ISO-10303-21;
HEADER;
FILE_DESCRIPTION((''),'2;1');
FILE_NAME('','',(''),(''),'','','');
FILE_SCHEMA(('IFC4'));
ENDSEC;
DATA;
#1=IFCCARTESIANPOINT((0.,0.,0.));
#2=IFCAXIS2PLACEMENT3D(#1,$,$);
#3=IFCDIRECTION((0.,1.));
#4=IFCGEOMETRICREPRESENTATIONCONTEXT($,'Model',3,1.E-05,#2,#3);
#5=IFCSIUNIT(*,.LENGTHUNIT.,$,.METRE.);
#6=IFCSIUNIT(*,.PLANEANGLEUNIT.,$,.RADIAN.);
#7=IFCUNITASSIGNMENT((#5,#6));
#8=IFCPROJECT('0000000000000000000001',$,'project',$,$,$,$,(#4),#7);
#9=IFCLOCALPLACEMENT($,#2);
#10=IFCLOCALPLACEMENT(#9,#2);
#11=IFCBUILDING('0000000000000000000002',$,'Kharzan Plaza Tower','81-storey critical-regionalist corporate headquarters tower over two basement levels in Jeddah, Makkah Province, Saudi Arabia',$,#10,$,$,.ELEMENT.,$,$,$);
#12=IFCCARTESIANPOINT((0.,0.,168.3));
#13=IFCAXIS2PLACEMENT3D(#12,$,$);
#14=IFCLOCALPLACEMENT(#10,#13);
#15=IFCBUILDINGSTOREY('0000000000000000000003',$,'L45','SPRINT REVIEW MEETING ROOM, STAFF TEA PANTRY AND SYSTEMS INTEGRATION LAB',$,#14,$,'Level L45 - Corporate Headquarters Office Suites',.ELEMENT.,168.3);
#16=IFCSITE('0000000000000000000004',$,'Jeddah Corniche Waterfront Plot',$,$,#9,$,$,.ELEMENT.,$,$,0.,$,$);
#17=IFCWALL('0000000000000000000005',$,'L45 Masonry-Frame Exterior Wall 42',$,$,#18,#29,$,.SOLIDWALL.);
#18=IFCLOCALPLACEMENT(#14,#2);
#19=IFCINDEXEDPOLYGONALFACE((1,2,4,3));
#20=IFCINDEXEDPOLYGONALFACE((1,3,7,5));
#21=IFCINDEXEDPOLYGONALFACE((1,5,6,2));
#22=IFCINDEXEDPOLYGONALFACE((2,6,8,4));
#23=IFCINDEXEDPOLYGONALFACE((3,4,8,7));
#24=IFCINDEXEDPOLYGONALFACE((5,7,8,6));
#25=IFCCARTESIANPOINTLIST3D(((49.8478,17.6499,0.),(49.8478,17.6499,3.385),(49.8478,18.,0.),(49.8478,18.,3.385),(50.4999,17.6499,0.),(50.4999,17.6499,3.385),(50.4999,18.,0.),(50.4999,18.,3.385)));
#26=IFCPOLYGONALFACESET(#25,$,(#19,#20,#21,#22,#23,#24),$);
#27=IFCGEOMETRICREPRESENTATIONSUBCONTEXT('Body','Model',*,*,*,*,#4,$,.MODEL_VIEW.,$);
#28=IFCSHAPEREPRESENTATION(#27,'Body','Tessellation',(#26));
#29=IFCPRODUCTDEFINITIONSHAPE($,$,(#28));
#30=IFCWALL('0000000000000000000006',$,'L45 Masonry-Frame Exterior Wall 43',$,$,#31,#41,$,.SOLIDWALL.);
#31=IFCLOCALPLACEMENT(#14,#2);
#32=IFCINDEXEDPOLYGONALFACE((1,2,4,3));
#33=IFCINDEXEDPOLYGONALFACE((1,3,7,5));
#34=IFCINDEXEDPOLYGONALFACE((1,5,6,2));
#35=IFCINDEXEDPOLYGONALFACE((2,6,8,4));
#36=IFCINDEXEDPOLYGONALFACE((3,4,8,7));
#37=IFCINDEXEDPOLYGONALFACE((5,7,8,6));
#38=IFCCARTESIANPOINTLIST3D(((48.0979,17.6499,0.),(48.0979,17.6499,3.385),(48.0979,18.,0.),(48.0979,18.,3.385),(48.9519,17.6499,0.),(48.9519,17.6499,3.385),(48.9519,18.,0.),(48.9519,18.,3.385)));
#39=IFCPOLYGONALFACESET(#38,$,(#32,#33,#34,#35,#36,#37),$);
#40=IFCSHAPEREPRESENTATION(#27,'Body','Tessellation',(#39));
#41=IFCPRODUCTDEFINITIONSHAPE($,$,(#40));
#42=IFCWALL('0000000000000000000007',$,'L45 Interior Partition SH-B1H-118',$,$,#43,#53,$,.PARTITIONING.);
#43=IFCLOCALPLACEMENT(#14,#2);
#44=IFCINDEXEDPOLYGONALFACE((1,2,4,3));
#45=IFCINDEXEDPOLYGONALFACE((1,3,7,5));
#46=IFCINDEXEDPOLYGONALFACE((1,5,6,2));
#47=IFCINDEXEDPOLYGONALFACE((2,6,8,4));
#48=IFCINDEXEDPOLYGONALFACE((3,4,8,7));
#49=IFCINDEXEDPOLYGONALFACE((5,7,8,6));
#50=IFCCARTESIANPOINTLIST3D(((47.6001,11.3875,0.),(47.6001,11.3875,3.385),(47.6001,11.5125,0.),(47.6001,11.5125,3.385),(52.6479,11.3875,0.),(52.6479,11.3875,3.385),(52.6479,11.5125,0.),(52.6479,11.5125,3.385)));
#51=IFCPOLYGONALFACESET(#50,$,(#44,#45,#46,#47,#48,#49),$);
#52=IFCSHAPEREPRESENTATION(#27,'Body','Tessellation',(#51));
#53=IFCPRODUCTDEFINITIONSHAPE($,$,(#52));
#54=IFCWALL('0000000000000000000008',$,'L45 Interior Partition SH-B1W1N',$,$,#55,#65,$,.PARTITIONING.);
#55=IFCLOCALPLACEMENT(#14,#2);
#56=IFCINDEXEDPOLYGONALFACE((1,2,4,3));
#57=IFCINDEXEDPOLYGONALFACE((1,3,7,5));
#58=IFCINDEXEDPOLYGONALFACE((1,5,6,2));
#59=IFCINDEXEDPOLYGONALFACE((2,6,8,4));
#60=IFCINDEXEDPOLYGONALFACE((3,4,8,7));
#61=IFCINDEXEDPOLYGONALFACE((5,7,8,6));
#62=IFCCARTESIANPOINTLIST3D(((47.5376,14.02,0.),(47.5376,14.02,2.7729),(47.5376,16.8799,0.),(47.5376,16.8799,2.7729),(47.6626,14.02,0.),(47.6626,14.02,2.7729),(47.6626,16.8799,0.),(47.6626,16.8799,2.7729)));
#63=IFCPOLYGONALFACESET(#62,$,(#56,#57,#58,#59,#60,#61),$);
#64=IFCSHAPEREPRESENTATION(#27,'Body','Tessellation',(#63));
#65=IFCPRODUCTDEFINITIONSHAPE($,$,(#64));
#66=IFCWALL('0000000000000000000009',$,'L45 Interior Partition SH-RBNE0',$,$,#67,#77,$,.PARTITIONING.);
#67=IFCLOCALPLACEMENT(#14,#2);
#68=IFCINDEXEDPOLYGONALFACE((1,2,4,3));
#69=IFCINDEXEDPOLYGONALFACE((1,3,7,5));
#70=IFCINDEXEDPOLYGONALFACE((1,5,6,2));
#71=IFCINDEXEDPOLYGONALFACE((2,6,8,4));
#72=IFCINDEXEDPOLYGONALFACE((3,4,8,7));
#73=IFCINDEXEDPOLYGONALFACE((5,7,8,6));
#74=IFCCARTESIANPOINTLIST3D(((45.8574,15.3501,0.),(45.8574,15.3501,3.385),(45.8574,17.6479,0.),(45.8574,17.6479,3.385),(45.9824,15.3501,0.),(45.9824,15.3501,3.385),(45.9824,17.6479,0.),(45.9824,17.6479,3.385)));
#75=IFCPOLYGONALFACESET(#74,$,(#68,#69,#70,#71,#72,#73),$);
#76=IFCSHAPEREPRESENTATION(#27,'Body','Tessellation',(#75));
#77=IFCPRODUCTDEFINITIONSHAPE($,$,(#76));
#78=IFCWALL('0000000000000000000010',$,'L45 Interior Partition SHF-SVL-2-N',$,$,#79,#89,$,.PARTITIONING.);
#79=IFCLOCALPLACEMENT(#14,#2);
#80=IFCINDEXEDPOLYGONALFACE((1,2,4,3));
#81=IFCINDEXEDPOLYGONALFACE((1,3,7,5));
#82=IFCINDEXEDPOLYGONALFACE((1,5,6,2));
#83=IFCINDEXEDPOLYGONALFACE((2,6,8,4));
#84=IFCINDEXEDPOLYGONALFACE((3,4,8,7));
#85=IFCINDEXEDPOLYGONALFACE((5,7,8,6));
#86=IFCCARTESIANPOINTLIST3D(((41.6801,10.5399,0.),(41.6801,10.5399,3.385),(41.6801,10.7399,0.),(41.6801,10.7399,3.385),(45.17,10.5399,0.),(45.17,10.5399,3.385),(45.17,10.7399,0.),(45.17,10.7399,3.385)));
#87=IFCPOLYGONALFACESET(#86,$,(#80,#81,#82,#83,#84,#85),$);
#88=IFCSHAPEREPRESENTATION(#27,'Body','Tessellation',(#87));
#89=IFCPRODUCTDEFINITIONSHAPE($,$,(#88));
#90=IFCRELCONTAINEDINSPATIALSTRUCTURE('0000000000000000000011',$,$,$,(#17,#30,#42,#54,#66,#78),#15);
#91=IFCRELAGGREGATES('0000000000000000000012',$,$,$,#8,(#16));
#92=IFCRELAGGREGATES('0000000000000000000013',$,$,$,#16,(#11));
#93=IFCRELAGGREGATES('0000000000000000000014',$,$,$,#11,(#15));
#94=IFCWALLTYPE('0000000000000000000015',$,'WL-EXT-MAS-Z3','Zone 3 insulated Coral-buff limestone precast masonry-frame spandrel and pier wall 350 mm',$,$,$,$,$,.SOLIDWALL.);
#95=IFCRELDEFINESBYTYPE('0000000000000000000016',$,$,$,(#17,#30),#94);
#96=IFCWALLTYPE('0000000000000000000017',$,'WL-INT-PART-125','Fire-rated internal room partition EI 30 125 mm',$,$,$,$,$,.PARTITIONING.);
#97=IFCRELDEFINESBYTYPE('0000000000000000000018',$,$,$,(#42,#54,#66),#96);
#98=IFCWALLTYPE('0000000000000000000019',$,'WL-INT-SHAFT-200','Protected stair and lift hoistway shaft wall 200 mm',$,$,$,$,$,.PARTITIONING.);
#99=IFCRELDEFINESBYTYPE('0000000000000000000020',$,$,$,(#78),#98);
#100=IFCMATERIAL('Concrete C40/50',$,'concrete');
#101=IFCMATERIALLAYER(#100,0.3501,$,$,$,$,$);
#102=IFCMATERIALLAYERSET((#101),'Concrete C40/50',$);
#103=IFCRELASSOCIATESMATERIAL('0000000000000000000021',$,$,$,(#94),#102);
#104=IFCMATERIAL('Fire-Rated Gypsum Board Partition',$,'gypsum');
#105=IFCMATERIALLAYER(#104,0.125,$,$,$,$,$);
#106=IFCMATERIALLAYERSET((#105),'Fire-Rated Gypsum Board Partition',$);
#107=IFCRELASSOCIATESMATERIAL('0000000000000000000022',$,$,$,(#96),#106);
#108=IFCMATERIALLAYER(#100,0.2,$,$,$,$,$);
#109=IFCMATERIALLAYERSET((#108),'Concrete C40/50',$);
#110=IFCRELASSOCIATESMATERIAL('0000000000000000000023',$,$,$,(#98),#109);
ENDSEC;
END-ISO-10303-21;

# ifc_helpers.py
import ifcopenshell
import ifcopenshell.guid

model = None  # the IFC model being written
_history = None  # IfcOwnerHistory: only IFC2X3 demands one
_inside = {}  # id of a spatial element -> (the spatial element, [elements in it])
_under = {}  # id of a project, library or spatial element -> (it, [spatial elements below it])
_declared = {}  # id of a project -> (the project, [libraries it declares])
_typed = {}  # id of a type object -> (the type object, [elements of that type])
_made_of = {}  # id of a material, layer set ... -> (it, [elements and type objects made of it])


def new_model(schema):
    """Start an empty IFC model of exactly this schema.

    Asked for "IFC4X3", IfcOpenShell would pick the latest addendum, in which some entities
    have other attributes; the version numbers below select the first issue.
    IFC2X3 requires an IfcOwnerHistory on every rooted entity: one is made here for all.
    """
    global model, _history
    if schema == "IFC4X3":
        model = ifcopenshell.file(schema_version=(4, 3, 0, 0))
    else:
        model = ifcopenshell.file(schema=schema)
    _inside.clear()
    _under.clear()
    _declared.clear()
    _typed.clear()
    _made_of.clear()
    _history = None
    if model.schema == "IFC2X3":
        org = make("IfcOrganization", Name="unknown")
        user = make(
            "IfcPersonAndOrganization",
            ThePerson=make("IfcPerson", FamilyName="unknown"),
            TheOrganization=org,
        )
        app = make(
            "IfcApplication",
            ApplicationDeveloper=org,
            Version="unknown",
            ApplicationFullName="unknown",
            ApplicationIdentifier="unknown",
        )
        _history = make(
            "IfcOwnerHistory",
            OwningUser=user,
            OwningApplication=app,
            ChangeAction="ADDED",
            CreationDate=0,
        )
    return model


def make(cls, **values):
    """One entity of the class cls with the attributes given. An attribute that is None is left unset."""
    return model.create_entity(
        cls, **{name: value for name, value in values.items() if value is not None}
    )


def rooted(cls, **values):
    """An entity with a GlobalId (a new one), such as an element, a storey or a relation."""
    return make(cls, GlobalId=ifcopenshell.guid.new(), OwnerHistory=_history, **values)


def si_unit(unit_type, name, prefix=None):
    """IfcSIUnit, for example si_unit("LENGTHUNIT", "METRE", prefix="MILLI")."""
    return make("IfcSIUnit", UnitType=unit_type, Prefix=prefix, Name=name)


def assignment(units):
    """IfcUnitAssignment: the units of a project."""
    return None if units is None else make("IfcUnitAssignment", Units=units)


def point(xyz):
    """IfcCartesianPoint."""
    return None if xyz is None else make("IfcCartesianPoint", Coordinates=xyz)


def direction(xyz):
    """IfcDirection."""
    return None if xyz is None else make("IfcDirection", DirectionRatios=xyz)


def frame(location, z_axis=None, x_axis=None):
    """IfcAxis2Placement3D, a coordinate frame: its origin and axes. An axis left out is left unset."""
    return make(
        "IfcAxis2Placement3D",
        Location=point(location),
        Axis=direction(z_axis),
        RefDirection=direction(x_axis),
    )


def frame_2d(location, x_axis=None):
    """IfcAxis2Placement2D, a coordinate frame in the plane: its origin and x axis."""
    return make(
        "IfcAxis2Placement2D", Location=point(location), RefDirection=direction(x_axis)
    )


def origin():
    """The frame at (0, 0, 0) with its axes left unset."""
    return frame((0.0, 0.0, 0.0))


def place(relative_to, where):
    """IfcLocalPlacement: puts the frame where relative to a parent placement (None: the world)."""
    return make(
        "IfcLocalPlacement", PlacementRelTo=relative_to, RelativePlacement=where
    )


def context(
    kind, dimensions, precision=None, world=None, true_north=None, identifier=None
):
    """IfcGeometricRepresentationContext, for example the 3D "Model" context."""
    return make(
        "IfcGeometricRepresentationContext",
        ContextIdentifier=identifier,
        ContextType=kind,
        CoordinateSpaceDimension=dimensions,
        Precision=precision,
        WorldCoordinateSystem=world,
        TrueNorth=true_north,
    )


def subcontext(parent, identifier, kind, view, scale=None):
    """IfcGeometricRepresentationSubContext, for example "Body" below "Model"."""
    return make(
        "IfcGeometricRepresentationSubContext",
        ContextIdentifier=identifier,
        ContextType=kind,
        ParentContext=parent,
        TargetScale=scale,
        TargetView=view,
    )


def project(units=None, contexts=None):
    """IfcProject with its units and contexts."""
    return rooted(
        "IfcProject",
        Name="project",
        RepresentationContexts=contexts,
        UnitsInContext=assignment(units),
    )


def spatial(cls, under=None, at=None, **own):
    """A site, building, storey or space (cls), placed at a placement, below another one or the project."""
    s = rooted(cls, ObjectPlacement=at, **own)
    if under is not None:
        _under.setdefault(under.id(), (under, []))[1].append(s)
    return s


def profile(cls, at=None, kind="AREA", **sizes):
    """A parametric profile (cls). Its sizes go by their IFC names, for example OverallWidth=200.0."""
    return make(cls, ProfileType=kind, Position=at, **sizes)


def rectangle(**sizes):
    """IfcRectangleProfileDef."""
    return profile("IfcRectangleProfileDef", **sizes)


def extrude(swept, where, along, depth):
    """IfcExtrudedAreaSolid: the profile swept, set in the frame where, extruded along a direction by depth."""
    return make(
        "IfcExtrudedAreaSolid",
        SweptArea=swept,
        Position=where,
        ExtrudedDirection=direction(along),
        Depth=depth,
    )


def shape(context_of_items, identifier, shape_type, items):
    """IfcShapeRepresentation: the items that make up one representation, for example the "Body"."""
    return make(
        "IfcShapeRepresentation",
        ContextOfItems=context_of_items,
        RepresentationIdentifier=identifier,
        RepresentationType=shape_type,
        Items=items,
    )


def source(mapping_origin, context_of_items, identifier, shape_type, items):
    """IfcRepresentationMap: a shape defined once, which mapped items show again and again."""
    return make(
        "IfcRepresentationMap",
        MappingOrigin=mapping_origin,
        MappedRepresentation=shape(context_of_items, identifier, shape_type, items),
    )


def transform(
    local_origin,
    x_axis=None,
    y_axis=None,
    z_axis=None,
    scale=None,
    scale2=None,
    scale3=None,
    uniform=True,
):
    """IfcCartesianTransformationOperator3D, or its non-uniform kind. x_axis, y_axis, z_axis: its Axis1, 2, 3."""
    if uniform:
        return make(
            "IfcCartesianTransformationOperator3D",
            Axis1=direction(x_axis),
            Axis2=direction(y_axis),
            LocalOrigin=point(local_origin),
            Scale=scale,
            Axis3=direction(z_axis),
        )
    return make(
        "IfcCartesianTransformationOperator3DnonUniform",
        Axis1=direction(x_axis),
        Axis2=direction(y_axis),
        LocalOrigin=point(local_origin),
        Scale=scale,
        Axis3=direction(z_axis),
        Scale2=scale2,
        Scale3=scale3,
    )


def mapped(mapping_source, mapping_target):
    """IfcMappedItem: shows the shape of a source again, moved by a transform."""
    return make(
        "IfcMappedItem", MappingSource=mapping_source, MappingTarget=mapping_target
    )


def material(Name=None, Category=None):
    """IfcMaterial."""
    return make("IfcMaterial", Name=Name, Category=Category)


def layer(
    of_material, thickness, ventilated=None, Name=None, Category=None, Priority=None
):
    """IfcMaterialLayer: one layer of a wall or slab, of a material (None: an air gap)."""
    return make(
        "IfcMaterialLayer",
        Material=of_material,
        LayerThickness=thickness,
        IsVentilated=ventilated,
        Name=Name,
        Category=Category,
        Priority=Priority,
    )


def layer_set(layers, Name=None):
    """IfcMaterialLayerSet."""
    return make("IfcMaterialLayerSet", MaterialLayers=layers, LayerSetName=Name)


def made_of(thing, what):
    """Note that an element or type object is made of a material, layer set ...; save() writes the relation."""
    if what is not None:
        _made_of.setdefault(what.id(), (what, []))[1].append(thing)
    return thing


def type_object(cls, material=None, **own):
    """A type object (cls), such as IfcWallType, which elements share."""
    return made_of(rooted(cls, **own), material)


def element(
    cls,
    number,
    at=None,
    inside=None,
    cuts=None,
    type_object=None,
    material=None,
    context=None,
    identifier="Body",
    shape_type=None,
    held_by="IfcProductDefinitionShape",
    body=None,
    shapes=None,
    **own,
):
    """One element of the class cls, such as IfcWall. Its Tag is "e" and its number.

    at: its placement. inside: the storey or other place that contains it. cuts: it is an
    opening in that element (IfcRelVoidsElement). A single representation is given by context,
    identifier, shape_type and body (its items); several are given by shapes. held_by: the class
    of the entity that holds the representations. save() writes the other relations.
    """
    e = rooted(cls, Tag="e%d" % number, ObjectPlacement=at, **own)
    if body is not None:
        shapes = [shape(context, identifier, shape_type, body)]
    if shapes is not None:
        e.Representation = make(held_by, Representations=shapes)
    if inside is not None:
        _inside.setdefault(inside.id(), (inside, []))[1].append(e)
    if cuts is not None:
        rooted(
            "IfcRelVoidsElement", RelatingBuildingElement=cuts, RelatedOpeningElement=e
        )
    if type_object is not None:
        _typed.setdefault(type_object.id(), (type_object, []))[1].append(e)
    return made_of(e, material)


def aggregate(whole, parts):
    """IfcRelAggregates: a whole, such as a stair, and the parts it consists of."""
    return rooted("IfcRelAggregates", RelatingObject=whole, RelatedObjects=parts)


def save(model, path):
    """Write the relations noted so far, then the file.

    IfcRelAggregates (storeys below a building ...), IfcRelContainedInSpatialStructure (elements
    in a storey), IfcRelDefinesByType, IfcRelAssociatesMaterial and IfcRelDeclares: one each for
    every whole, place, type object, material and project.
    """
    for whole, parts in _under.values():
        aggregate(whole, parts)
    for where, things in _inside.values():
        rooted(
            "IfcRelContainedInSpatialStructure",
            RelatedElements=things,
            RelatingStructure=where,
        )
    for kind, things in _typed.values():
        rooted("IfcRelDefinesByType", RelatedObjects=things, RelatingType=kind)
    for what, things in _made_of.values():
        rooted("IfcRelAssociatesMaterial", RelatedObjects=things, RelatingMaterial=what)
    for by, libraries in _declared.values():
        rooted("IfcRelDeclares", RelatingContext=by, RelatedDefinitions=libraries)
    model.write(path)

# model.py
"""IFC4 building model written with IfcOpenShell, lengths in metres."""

from ifc_helpers import new_model, si_unit, direction, frame, frame_2d, origin, place, context, subcontext, project, spatial, rectangle, extrude, source, transform, mapped, material, layer, layer_set, type_object, element, save


model = new_model("IFC4")

# Units and contexts
model_context = context("Model", 3, precision=1e-05, world=origin(), true_north=direction((0.0, 1.0)))
body_context = subcontext(model_context, "Body", "Model", "MODEL_VIEW")
ifc_project = project(units=[si_unit("LENGTHUNIT", "METRE"), si_unit("PLANEANGLEUNIT", "RADIAN")], contexts=[model_context])

# Site, building, storey
site_placement = place(None, origin())
site = spatial("IfcSite", under=ifc_project, at=site_placement, Name="Jeddah Corniche Waterfront Plot", CompositionType="ELEMENT", RefElevation=0.0)
building_placement = place(site_placement, origin())
building = spatial("IfcBuilding", under=site, at=building_placement, Name="Kharzan Plaza Tower", Description="81-storey critical-regionalist corporate headquarters tower over two basement levels in Jeddah, Makkah Province, Saudi Arabia", CompositionType="ELEMENT")
storey_placement = place(building_placement, frame((0.0, 0.0, 168.3)))
storey = spatial("IfcBuildingStorey", under=building, at=storey_placement, Name="L45", Description="SPRINT REVIEW MEETING ROOM, STAFF TEA PANTRY AND SYSTEMS INTEGRATION LAB", LongName="Level L45 - Corporate Headquarters Office Suites", CompositionType="ELEMENT", Elevation=168.3)

# Shared definitions
ifc_material_1 = material(Name="Concrete C40/50", Category="concrete")
ifc_layer_1 = layer(ifc_material_1, 0.3501)
ifc_layer_set_1 = layer_set([ifc_layer_1], Name="Concrete C40/50")
wall_type_1 = type_object("IfcWallType", Name="WL-EXT-MAS-Z3", Description="Zone 3 insulated Coral-buff limestone precast masonry-frame spandrel and pier wall 350 mm", PredefinedType="SOLIDWALL", material=ifc_layer_set_1)

# Shared definitions
ifc_material_2 = material(Name="Fire-Rated Gypsum Board Partition", Category="gypsum")
ifc_layer_2 = layer(ifc_material_2, 0.125)
ifc_layer_set_2 = layer_set([ifc_layer_2], Name="Fire-Rated Gypsum Board Partition")
wall_type_2 = type_object("IfcWallType", Name="WL-INT-PART-125", Description="Fire-rated internal room partition EI 30 125 mm", PredefinedType="PARTITIONING", material=ifc_layer_set_2)

# Walls
shared_shape_1 = source(origin(), body_context, "Body", "SweptSolid", [
    extrude(rectangle(XDim=0.6521, YDim=0.3501, at=frame_2d((0.3262, 0.0))), origin(), (0.0, 0.0, 1.0), 3.385),
])
wall_1_placement = place(storey_placement, frame((50.5, 17.825, 0.0), z_axis=(0.0, 0.0, 1.0), x_axis=(-1.0, 0.0, 0.0)))
element("IfcWall", 1, at=wall_1_placement, inside=storey, type_object=wall_type_1, Name="L45 Masonry-Frame Exterior Wall 42", PredefinedType="SOLIDWALL", context=body_context, shape_type="MappedRepresentation", body=[
    mapped(shared_shape_1, transform((0.0, 0.0, 0.0), x_axis=(1.0, 0.0, 0.0), y_axis=(0.0, 1.0, 0.0), z_axis=(0.0, 0.0, 1.0))),
])
shared_shape_2 = source(origin(), body_context, "Body", "SweptSolid", [
    extrude(rectangle(XDim=0.854, YDim=0.3501, at=frame_2d((0.427, 0.0))), origin(), (0.0, 0.0, 1.0), 3.385),
])
wall_2_placement = place(storey_placement, frame((48.9519, 17.825, 0.0), z_axis=(0.0, 0.0, 1.0), x_axis=(-1.0, 0.0, 0.0)))
element("IfcWall", 2, at=wall_2_placement, inside=storey, type_object=wall_type_1, Name="L45 Masonry-Frame Exterior Wall 43", PredefinedType="SOLIDWALL", context=body_context, shape_type="MappedRepresentation", body=[
    mapped(shared_shape_2, transform((0.0, 0.0, 0.0), x_axis=(1.0, 0.0, 0.0), y_axis=(0.0, 1.0, 0.0), z_axis=(0.0, 0.0, 1.0))),
])
shared_shape_3 = source(origin(), body_context, "Body", "SweptSolid", [
    extrude(rectangle(XDim=5.0479, YDim=0.125, at=frame_2d((2.5239, 0.0))), origin(), (0.0, 0.0, 1.0), 3.385),
])
wall_3_placement = place(storey_placement, frame((47.6001, 11.45, 0.0), z_axis=(0.0, 0.0, 1.0), x_axis=(1.0, 0.0, 0.0)))
element("IfcWall", 3, at=wall_3_placement, inside=storey, type_object=wall_type_2, Name="L45 Interior Partition SH-B1H-118", PredefinedType="PARTITIONING", context=body_context, shape_type="MappedRepresentation", body=[
    mapped(shared_shape_3, transform((0.0, 0.0, 0.0), x_axis=(1.0, 0.0, 0.0), y_axis=(0.0, 1.0, 0.0), z_axis=(0.0, 0.0, 1.0))),
])
shared_shape_4 = source(origin(), body_context, "Body", "SweptSolid", [
    extrude(rectangle(XDim=2.8599, YDim=0.125, at=frame_2d((1.4299, 0.0))), origin(), (0.0, 0.0, 1.0), 2.7729),
])
wall_4_placement = place(storey_placement, frame((47.6001, 14.02, 0.0), z_axis=(0.0, 0.0, 1.0), x_axis=(0.0, 1.0, 0.0)))
element("IfcWall", 4, at=wall_4_placement, inside=storey, type_object=wall_type_2, Name="L45 Interior Partition SH-B1W1N", PredefinedType="PARTITIONING", context=body_context, shape_type="MappedRepresentation", body=[
    mapped(shared_shape_4, transform((0.0, 0.0, 0.0), x_axis=(1.0, 0.0, 0.0), y_axis=(0.0, 1.0, 0.0), z_axis=(0.0, 0.0, 1.0))),
])
shared_shape_5 = source(origin(), body_context, "Body", "SweptSolid", [
    extrude(rectangle(XDim=2.2979, YDim=0.125, at=frame_2d((1.1489, 0.0))), origin(), (0.0, 0.0, 1.0), 3.385),
])
wall_5_placement = place(storey_placement, frame((45.9199, 15.3501, 0.0), z_axis=(0.0, 0.0, 1.0), x_axis=(0.0, 1.0, 0.0)))
element("IfcWall", 5, at=wall_5_placement, inside=storey, type_object=wall_type_2, Name="L45 Interior Partition SH-RBNE0", PredefinedType="PARTITIONING", context=body_context, shape_type="MappedRepresentation", body=[
    mapped(shared_shape_5, transform((0.0, 0.0, 0.0), x_axis=(1.0, 0.0, 0.0), y_axis=(0.0, 1.0, 0.0), z_axis=(0.0, 0.0, 1.0))),
])
ifc_layer_3 = layer(ifc_material_1, 0.2)
ifc_layer_set_3 = layer_set([ifc_layer_3], Name="Concrete C40/50")
wall_type_3 = type_object("IfcWallType", Name="WL-INT-SHAFT-200", Description="Protected stair and lift hoistway shaft wall 200 mm", PredefinedType="PARTITIONING", material=ifc_layer_set_3)
shared_shape_6 = source(origin(), body_context, "Body", "SweptSolid", [
    extrude(rectangle(XDim=3.49, YDim=0.2, at=frame_2d((1.7451, 0.0))), origin(), (0.0, 0.0, 1.0), 3.385),
])
wall_6_placement = place(storey_placement, frame((41.6799, 10.6399, 0.0), z_axis=(0.0, 0.0, 1.0), x_axis=(1.0, 0.0, 0.0)))
element("IfcWall", 6, at=wall_6_placement, inside=storey, type_object=wall_type_3, Name="L45 Interior Partition SHF-SVL-2-N", PredefinedType="PARTITIONING", context=body_context, shape_type="MappedRepresentation", body=[
    mapped(shared_shape_6, transform((0.0, 0.0, 0.0), x_axis=(1.0, 0.0, 0.0), y_axis=(0.0, 1.0, 0.0), z_axis=(0.0, 0.0, 1.0))),
])

save(model, "model.ifc")
